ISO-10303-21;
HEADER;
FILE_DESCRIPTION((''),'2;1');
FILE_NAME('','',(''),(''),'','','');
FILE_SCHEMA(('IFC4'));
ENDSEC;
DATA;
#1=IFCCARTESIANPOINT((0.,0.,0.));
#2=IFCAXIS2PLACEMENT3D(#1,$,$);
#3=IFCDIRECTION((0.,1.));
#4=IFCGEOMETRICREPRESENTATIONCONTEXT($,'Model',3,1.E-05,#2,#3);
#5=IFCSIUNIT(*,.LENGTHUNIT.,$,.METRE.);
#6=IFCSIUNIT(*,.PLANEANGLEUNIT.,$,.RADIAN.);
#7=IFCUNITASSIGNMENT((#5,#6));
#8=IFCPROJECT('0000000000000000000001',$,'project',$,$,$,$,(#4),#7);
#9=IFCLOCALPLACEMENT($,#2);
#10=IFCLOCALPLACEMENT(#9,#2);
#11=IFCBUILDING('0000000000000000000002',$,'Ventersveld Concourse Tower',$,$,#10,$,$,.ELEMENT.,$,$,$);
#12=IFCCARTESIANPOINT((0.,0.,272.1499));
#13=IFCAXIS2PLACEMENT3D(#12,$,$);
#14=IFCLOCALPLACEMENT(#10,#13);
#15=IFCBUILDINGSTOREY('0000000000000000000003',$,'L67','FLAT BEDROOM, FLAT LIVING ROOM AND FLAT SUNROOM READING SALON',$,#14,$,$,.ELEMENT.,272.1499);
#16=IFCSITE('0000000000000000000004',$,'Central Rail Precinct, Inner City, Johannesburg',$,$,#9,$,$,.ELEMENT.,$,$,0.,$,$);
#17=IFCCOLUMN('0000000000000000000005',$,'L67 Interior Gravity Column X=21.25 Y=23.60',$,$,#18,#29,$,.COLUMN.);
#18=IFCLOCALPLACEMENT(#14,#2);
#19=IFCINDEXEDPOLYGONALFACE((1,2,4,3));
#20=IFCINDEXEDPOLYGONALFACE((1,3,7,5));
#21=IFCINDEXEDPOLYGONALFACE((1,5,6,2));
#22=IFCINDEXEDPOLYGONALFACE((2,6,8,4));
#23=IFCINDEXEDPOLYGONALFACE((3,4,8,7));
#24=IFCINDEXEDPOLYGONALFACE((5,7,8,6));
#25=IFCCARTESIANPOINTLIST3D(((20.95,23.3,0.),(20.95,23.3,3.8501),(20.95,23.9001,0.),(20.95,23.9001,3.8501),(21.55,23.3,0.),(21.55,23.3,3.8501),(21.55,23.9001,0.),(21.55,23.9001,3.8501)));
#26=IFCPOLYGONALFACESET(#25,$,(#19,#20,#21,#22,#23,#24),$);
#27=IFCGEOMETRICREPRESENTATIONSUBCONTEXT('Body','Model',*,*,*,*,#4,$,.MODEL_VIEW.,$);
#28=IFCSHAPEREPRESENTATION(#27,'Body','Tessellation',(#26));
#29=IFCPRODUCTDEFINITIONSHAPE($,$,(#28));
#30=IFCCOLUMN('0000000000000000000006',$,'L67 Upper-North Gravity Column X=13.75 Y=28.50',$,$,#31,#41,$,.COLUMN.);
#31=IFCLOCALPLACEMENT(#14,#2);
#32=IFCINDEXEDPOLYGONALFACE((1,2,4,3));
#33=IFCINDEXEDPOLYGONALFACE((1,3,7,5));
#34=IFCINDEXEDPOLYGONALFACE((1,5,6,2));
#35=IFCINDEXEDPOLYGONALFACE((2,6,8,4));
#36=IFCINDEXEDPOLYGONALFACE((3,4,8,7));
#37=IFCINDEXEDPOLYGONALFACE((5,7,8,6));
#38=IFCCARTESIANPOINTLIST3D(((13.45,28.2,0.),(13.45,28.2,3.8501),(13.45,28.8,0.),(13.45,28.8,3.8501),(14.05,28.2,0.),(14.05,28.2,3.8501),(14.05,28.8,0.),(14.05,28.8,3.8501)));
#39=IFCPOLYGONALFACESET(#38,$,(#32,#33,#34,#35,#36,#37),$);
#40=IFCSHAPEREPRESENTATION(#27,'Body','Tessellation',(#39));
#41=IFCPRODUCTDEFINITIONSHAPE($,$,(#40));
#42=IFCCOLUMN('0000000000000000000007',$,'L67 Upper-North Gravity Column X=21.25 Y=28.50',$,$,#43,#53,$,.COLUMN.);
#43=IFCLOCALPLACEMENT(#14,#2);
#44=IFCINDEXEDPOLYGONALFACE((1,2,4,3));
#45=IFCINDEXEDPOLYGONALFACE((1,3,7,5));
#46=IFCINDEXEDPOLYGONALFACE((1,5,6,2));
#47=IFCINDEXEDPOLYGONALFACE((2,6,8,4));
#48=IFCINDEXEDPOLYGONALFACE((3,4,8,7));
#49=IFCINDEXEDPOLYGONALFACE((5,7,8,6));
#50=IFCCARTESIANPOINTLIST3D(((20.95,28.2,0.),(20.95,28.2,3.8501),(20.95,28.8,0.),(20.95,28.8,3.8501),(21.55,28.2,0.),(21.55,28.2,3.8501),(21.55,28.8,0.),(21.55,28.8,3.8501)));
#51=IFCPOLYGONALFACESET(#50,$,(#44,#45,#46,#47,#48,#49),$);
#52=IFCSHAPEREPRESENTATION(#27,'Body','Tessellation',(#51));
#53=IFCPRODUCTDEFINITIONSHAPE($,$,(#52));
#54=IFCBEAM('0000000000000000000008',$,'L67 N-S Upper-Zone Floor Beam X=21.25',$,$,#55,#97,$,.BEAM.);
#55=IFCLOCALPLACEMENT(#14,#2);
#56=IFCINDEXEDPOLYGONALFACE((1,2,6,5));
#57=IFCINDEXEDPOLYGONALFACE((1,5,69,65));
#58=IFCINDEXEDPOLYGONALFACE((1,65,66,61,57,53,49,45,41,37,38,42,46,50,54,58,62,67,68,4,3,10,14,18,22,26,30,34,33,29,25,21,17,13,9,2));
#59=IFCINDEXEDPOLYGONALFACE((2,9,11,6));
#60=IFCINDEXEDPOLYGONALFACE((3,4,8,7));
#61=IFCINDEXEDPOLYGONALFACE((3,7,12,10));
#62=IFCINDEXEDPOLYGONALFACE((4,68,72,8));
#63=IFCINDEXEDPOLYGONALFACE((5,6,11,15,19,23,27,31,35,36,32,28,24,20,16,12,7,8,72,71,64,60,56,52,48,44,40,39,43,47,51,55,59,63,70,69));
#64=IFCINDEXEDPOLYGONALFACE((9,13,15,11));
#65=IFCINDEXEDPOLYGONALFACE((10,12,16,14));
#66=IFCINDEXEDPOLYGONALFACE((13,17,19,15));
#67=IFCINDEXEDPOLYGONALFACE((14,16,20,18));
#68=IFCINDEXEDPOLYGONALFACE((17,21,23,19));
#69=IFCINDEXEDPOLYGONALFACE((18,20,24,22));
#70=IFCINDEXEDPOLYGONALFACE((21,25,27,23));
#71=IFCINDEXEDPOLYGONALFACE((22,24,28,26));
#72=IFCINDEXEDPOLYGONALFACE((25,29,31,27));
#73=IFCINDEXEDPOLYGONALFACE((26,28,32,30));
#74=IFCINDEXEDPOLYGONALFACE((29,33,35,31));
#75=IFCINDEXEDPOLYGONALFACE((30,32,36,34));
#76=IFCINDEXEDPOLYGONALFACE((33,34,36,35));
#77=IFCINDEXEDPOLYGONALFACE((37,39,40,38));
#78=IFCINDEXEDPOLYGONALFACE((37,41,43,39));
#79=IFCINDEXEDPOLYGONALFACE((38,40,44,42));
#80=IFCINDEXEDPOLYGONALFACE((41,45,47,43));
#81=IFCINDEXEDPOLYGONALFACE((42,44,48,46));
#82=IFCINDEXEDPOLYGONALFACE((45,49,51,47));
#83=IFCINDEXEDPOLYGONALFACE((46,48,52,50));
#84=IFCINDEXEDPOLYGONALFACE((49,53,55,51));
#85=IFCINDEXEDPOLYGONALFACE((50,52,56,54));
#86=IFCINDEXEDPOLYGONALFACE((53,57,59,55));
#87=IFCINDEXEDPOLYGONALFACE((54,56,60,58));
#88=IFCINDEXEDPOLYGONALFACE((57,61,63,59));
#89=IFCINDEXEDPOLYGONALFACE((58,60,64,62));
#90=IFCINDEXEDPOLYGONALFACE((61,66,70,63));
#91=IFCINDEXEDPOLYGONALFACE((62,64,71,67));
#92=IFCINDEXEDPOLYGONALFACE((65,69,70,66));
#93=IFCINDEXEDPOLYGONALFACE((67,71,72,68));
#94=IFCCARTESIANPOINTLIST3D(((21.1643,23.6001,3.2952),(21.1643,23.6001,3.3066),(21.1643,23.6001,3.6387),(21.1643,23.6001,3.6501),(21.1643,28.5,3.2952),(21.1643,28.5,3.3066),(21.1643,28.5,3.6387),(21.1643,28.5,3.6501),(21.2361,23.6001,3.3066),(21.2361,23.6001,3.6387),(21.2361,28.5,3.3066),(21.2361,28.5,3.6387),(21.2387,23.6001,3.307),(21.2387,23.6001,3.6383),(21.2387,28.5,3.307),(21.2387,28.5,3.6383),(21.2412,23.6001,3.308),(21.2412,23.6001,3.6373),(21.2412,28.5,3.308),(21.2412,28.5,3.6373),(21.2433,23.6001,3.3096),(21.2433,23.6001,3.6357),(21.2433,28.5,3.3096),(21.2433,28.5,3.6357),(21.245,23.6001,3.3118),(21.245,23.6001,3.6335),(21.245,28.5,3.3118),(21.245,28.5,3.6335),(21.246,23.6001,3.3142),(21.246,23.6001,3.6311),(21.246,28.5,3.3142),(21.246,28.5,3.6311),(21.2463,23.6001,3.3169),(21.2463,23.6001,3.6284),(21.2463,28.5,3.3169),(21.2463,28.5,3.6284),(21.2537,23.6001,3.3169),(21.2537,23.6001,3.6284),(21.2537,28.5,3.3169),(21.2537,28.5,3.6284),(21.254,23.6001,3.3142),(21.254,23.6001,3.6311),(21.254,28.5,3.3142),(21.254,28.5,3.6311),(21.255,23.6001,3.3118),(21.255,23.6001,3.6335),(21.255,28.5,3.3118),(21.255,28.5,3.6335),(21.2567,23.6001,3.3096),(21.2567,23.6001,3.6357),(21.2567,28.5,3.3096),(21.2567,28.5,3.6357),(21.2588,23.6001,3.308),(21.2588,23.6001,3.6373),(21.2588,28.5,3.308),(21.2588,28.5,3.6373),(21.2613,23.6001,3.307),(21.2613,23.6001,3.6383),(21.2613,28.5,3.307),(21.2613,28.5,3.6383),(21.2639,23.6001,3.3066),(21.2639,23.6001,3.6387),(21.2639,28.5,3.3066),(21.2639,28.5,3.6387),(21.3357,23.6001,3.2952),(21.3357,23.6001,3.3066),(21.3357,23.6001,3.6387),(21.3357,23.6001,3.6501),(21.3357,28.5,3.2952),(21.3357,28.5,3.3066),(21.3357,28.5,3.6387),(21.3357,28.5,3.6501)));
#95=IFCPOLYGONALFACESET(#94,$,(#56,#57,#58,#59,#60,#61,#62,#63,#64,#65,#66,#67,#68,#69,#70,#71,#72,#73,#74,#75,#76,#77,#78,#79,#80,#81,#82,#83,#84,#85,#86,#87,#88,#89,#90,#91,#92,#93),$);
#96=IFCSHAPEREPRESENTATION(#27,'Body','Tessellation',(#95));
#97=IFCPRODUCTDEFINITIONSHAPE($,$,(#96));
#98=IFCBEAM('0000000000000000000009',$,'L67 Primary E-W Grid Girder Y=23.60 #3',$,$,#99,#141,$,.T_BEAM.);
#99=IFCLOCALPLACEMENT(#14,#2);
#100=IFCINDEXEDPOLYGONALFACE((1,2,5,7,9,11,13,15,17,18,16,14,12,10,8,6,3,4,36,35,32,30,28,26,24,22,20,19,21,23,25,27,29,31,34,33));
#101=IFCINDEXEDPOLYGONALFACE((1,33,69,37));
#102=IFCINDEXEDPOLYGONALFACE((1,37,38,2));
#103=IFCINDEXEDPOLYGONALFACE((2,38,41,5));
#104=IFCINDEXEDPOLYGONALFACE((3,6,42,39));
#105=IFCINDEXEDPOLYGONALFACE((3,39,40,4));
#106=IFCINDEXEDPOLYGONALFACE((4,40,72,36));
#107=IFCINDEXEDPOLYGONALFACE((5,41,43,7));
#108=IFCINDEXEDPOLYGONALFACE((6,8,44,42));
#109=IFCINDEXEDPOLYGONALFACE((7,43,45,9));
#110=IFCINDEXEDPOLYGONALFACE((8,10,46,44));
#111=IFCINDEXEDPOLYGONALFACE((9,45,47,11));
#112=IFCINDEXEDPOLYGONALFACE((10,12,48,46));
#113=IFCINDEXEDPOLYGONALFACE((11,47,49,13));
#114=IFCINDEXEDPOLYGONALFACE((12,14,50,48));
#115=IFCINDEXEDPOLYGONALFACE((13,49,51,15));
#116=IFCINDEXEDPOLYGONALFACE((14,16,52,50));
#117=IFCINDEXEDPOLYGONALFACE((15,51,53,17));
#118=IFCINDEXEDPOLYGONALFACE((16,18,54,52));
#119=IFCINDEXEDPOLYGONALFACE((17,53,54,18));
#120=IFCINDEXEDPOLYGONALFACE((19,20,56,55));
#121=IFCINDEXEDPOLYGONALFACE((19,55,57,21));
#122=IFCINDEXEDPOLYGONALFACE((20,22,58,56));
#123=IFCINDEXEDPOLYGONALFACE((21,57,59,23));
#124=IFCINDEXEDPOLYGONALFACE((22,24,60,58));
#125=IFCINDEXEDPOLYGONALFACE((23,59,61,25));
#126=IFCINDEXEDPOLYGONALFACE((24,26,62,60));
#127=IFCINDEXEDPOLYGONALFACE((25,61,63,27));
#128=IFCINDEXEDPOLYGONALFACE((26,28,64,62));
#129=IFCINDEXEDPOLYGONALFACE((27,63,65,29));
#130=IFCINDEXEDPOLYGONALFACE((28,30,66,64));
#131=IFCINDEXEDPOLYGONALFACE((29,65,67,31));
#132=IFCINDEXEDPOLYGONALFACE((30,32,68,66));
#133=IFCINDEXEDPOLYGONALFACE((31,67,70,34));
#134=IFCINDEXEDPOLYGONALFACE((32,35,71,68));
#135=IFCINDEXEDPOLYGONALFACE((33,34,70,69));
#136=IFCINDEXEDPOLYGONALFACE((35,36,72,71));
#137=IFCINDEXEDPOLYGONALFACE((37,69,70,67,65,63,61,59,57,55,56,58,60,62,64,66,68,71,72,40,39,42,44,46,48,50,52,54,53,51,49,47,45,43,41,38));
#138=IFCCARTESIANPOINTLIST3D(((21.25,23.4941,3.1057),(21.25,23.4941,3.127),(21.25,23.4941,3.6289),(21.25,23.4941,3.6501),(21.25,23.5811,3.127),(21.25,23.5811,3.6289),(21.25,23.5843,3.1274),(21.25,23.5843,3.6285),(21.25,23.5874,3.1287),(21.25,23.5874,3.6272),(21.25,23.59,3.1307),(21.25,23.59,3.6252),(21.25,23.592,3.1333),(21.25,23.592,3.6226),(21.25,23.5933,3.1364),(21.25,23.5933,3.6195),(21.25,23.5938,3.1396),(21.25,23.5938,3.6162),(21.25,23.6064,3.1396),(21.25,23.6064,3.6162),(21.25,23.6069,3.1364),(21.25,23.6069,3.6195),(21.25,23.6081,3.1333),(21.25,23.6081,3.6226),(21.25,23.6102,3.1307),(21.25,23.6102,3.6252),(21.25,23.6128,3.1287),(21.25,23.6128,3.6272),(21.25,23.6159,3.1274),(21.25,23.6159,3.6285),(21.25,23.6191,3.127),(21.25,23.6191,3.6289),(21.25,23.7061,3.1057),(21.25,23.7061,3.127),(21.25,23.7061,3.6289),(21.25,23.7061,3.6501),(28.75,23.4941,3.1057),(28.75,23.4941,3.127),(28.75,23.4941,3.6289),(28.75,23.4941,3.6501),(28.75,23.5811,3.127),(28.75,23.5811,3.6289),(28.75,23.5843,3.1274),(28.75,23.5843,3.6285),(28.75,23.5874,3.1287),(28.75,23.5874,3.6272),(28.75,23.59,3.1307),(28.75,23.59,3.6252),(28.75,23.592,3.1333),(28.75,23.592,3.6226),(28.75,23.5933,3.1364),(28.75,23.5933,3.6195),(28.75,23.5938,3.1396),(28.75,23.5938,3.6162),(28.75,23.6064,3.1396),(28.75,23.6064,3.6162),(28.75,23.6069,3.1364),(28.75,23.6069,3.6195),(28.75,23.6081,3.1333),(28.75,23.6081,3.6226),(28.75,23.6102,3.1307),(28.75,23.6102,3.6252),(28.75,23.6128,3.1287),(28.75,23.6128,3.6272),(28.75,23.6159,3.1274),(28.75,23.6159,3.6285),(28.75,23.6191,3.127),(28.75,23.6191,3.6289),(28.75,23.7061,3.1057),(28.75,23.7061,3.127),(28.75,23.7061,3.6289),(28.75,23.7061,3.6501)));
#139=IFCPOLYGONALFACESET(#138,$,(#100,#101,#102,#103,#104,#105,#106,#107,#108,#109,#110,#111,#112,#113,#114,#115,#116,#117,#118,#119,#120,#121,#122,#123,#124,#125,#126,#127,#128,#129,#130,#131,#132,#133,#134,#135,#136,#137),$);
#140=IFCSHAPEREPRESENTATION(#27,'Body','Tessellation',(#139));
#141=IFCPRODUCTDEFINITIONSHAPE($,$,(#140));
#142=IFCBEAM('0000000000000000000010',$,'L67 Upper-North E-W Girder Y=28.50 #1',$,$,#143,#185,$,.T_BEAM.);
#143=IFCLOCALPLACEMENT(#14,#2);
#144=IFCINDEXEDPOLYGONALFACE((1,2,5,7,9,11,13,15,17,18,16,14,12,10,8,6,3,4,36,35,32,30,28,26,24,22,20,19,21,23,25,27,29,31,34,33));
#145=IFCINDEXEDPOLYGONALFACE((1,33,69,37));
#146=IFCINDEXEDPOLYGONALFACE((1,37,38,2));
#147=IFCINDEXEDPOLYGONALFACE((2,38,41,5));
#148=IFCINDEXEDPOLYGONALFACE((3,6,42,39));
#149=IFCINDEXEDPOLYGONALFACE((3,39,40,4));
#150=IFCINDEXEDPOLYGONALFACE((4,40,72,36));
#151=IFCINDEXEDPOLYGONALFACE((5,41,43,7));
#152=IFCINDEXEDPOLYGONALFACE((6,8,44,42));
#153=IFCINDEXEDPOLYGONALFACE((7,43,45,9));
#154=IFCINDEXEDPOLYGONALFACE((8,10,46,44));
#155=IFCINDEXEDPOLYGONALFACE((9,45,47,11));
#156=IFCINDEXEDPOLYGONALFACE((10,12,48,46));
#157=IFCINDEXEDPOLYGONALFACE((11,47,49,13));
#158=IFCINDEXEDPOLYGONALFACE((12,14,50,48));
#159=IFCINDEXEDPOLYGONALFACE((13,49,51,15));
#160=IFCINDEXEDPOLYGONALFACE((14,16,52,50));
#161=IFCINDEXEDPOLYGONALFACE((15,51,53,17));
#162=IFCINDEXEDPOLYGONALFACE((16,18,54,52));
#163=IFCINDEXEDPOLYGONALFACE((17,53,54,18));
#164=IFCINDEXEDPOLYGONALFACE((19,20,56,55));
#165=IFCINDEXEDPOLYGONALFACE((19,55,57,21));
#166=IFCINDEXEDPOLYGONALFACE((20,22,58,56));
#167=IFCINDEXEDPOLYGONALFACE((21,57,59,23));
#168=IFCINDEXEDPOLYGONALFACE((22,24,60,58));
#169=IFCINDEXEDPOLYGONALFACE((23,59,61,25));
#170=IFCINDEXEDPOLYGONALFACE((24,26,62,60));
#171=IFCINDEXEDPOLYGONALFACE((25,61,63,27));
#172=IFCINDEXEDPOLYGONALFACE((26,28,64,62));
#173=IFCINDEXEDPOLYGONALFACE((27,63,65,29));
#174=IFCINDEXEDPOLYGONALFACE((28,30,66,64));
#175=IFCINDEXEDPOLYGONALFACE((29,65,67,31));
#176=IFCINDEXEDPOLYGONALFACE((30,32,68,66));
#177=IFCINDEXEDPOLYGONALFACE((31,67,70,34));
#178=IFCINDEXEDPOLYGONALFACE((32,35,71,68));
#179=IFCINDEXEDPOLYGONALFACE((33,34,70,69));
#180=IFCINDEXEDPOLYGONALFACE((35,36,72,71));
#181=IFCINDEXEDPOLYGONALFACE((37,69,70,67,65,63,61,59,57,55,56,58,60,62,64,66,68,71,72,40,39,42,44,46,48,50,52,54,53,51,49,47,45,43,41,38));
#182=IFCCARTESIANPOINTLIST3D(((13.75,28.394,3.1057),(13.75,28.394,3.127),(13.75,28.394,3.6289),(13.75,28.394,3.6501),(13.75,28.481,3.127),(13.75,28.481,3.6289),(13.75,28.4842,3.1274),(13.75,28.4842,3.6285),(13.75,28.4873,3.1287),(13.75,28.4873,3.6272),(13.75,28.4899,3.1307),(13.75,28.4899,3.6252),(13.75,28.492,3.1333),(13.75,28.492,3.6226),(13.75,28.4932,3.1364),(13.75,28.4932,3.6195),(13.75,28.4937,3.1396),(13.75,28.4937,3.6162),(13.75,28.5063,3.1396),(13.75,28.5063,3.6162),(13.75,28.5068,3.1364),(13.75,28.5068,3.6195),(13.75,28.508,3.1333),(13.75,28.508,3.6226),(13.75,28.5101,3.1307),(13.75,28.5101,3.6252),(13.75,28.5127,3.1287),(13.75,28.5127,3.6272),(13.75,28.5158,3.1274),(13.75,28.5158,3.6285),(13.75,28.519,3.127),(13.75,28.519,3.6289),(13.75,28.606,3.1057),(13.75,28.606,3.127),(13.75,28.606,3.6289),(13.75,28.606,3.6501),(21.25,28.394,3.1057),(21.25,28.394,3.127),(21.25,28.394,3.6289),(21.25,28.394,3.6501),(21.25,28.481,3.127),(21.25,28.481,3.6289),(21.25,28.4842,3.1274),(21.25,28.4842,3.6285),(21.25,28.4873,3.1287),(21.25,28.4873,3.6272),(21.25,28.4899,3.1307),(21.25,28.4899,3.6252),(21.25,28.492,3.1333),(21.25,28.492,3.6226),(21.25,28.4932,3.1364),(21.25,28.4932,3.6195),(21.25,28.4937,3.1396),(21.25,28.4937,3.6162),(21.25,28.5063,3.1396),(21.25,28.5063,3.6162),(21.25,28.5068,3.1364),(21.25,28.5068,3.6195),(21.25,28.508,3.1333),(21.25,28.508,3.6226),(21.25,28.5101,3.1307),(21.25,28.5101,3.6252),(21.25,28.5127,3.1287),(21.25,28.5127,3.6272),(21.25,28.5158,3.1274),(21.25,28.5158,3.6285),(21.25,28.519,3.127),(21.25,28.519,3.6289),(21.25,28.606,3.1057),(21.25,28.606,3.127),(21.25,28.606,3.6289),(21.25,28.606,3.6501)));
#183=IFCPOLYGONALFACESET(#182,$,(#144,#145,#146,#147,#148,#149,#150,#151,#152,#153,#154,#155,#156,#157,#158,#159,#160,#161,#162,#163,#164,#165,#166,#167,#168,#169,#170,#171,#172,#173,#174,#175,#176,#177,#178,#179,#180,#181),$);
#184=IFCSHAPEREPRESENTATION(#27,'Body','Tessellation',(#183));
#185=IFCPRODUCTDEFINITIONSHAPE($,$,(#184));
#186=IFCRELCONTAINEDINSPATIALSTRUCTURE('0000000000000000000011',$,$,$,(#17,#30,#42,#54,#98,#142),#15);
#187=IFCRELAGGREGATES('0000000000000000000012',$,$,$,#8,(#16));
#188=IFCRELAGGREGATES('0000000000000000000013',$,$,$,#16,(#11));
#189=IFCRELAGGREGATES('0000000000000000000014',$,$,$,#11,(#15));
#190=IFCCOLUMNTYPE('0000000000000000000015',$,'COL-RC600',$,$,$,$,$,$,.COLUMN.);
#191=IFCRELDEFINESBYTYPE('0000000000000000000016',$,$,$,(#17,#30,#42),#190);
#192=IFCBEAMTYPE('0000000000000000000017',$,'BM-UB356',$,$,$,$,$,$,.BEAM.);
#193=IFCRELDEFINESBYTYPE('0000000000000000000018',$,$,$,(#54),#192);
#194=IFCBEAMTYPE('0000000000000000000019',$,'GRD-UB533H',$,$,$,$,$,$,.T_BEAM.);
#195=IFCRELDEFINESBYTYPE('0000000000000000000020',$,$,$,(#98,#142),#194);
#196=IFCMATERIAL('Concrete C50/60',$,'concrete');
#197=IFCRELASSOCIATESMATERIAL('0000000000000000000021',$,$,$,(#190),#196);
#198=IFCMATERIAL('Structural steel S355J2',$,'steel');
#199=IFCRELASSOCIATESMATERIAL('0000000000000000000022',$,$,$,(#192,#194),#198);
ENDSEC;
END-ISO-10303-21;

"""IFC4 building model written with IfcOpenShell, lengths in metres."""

from ifc_helpers import new_model, si_unit, direction, frame, origin, origin_2d, place, context, subcontext, project, spatial, rectangle, i_section, extrude, material, material_profile, profile_set, type_object, element, save


model = new_model("IFC4")

# Units and contexts
model_context = context("Model", 3, precision=1e-05, world=origin(), true_north=direction((0.0, 1.0)))
body_context = subcontext(model_context, "Body", "Model", "MODEL_VIEW")
ifc_project = project(units=[si_unit("LENGTHUNIT", "METRE"), si_unit("PLANEANGLEUNIT", "RADIAN")], contexts=[model_context])

# Site, building, storey
site_placement = place(None, origin())
site = spatial("IfcSite", under=ifc_project, at=site_placement, Name="Central Rail Precinct, Inner City, Johannesburg", CompositionType="ELEMENT", RefElevation=0.0)
building_placement = place(site_placement, origin())
building = spatial("IfcBuilding", under=site, at=building_placement, Name="Ventersveld Concourse Tower", CompositionType="ELEMENT")
storey_placement = place(building_placement, frame((0.0, 0.0, 272.1499)))
storey = spatial("IfcBuildingStorey", under=building, at=storey_placement, Name="L67", Description="FLAT BEDROOM, FLAT LIVING ROOM AND FLAT SUNROOM READING SALON", CompositionType="ELEMENT", Elevation=272.1499)

# Columns
ifc_material_1 = material(Name="Concrete C50/60", Category="concrete")
ifc_material_profile_1 = material_profile(ifc_material_1, rectangle(XDim=0.6001, YDim=0.6001, at=origin_2d()), Name="RC 600x600")
ifc_profile_set_1 = profile_set([ifc_material_profile_1], Name="Concrete C50/60")
column_type = type_object("IfcColumnType", Name="COL-RC600", PredefinedType="COLUMN", material=ifc_profile_set_1)
for number, where, z_axis, x_axis, name in (
    (1, (21.25, 23.6001, 0.0), (0.0, 0.0, 1.0), (1.0, 0.0, 0.0), "L67 Interior Gravity Column X=21.25 Y=23.60"),
    (2, (13.75, 28.5, 0.0), (0.0, 0.0, 1.0), (1.0, 0.0, 0.0), "L67 Upper-North Gravity Column X=13.75 Y=28.50"),
    (3, (21.25, 28.5, 0.0), (0.0, 0.0, 1.0), (1.0, 0.0, 0.0), "L67 Upper-North Gravity Column X=21.25 Y=28.50"),
):
    element("IfcColumn", number, at=place(storey_placement, frame(where, z_axis=z_axis, x_axis=x_axis)), inside=storey, type_object=column_type, Name=name, PredefinedType="COLUMN", context=body_context, shape_type="SweptSolid", body=[
        extrude(rectangle(XDim=0.6001, YDim=0.6001, at=origin_2d()), origin(), (0.0, 0.0, 1.0), 3.8501),
    ])

# Beams
ifc_material_2 = material(Name="Structural steel S355J2", Category="steel")
ifc_material_profile_2 = material_profile(ifc_material_2, i_section(OverallWidth=0.1714, OverallDepth=0.355, WebThickness=0.0073, FlangeThickness=0.0115, FilletRadius=0.0103, at=origin_2d()), Name="UB 356x171x51")
ifc_profile_set_2 = profile_set([ifc_material_profile_2], Name="Structural steel S355J2")
beam_type_1 = type_object("IfcBeamType", Name="BM-UB356", PredefinedType="BEAM", material=ifc_profile_set_2)
beam_placement = place(storey_placement, frame((21.25, 23.6001, 3.4727), z_axis=(0.0, 1.0, 0.0), x_axis=(-1.0, 0.0, 0.0)))
element("IfcBeam", 4, at=beam_placement, inside=storey, type_object=beam_type_1, Name="L67 N-S Upper-Zone Floor Beam X=21.25", PredefinedType="BEAM", context=body_context, shape_type="SweptSolid", body=[
    extrude(i_section(OverallWidth=0.1714, OverallDepth=0.355, WebThickness=0.0073, FlangeThickness=0.0115, FilletRadius=0.0103, at=origin_2d()), origin(), (0.0, 0.0, 1.0), 4.8999),
])
ifc_material_profile_3 = material_profile(ifc_material_2, i_section(OverallWidth=0.2119, OverallDepth=0.5444, WebThickness=0.0127, FlangeThickness=0.0212, FilletRadius=0.0127, at=origin_2d()), Name="UB 533x210x122")
ifc_profile_set_3 = profile_set([ifc_material_profile_3], Name="Structural steel S355J2")
beam_type_2 = type_object("IfcBeamType", Name="GRD-UB533H", PredefinedType="T_BEAM", material=ifc_profile_set_3)
for number, where, z_axis, x_axis, name in (
    (5, (21.25, 23.6001, 3.3779), (1.0, 0.0, 0.0), (0.0, 1.0, 0.0), "L67 Primary E-W Grid Girder Y=23.60 #3"),
    (6, (13.75, 28.5, 3.3779), (1.0, 0.0, 0.0), (0.0, 1.0, 0.0), "L67 Upper-North E-W Girder Y=28.50 #1"),
):
    element("IfcBeam", number, at=place(storey_placement, frame(where, z_axis=z_axis, x_axis=x_axis)), inside=storey, type_object=beam_type_2, Name=name, PredefinedType="T_BEAM", context=body_context, shape_type="SweptSolid", body=[
        extrude(i_section(OverallWidth=0.2119, OverallDepth=0.5444, WebThickness=0.0127, FlangeThickness=0.0212, FilletRadius=0.0127, at=origin_2d()), origin(), (0.0, 0.0, 1.0), 7.5),
    ])

save(model, "model.ifc")
